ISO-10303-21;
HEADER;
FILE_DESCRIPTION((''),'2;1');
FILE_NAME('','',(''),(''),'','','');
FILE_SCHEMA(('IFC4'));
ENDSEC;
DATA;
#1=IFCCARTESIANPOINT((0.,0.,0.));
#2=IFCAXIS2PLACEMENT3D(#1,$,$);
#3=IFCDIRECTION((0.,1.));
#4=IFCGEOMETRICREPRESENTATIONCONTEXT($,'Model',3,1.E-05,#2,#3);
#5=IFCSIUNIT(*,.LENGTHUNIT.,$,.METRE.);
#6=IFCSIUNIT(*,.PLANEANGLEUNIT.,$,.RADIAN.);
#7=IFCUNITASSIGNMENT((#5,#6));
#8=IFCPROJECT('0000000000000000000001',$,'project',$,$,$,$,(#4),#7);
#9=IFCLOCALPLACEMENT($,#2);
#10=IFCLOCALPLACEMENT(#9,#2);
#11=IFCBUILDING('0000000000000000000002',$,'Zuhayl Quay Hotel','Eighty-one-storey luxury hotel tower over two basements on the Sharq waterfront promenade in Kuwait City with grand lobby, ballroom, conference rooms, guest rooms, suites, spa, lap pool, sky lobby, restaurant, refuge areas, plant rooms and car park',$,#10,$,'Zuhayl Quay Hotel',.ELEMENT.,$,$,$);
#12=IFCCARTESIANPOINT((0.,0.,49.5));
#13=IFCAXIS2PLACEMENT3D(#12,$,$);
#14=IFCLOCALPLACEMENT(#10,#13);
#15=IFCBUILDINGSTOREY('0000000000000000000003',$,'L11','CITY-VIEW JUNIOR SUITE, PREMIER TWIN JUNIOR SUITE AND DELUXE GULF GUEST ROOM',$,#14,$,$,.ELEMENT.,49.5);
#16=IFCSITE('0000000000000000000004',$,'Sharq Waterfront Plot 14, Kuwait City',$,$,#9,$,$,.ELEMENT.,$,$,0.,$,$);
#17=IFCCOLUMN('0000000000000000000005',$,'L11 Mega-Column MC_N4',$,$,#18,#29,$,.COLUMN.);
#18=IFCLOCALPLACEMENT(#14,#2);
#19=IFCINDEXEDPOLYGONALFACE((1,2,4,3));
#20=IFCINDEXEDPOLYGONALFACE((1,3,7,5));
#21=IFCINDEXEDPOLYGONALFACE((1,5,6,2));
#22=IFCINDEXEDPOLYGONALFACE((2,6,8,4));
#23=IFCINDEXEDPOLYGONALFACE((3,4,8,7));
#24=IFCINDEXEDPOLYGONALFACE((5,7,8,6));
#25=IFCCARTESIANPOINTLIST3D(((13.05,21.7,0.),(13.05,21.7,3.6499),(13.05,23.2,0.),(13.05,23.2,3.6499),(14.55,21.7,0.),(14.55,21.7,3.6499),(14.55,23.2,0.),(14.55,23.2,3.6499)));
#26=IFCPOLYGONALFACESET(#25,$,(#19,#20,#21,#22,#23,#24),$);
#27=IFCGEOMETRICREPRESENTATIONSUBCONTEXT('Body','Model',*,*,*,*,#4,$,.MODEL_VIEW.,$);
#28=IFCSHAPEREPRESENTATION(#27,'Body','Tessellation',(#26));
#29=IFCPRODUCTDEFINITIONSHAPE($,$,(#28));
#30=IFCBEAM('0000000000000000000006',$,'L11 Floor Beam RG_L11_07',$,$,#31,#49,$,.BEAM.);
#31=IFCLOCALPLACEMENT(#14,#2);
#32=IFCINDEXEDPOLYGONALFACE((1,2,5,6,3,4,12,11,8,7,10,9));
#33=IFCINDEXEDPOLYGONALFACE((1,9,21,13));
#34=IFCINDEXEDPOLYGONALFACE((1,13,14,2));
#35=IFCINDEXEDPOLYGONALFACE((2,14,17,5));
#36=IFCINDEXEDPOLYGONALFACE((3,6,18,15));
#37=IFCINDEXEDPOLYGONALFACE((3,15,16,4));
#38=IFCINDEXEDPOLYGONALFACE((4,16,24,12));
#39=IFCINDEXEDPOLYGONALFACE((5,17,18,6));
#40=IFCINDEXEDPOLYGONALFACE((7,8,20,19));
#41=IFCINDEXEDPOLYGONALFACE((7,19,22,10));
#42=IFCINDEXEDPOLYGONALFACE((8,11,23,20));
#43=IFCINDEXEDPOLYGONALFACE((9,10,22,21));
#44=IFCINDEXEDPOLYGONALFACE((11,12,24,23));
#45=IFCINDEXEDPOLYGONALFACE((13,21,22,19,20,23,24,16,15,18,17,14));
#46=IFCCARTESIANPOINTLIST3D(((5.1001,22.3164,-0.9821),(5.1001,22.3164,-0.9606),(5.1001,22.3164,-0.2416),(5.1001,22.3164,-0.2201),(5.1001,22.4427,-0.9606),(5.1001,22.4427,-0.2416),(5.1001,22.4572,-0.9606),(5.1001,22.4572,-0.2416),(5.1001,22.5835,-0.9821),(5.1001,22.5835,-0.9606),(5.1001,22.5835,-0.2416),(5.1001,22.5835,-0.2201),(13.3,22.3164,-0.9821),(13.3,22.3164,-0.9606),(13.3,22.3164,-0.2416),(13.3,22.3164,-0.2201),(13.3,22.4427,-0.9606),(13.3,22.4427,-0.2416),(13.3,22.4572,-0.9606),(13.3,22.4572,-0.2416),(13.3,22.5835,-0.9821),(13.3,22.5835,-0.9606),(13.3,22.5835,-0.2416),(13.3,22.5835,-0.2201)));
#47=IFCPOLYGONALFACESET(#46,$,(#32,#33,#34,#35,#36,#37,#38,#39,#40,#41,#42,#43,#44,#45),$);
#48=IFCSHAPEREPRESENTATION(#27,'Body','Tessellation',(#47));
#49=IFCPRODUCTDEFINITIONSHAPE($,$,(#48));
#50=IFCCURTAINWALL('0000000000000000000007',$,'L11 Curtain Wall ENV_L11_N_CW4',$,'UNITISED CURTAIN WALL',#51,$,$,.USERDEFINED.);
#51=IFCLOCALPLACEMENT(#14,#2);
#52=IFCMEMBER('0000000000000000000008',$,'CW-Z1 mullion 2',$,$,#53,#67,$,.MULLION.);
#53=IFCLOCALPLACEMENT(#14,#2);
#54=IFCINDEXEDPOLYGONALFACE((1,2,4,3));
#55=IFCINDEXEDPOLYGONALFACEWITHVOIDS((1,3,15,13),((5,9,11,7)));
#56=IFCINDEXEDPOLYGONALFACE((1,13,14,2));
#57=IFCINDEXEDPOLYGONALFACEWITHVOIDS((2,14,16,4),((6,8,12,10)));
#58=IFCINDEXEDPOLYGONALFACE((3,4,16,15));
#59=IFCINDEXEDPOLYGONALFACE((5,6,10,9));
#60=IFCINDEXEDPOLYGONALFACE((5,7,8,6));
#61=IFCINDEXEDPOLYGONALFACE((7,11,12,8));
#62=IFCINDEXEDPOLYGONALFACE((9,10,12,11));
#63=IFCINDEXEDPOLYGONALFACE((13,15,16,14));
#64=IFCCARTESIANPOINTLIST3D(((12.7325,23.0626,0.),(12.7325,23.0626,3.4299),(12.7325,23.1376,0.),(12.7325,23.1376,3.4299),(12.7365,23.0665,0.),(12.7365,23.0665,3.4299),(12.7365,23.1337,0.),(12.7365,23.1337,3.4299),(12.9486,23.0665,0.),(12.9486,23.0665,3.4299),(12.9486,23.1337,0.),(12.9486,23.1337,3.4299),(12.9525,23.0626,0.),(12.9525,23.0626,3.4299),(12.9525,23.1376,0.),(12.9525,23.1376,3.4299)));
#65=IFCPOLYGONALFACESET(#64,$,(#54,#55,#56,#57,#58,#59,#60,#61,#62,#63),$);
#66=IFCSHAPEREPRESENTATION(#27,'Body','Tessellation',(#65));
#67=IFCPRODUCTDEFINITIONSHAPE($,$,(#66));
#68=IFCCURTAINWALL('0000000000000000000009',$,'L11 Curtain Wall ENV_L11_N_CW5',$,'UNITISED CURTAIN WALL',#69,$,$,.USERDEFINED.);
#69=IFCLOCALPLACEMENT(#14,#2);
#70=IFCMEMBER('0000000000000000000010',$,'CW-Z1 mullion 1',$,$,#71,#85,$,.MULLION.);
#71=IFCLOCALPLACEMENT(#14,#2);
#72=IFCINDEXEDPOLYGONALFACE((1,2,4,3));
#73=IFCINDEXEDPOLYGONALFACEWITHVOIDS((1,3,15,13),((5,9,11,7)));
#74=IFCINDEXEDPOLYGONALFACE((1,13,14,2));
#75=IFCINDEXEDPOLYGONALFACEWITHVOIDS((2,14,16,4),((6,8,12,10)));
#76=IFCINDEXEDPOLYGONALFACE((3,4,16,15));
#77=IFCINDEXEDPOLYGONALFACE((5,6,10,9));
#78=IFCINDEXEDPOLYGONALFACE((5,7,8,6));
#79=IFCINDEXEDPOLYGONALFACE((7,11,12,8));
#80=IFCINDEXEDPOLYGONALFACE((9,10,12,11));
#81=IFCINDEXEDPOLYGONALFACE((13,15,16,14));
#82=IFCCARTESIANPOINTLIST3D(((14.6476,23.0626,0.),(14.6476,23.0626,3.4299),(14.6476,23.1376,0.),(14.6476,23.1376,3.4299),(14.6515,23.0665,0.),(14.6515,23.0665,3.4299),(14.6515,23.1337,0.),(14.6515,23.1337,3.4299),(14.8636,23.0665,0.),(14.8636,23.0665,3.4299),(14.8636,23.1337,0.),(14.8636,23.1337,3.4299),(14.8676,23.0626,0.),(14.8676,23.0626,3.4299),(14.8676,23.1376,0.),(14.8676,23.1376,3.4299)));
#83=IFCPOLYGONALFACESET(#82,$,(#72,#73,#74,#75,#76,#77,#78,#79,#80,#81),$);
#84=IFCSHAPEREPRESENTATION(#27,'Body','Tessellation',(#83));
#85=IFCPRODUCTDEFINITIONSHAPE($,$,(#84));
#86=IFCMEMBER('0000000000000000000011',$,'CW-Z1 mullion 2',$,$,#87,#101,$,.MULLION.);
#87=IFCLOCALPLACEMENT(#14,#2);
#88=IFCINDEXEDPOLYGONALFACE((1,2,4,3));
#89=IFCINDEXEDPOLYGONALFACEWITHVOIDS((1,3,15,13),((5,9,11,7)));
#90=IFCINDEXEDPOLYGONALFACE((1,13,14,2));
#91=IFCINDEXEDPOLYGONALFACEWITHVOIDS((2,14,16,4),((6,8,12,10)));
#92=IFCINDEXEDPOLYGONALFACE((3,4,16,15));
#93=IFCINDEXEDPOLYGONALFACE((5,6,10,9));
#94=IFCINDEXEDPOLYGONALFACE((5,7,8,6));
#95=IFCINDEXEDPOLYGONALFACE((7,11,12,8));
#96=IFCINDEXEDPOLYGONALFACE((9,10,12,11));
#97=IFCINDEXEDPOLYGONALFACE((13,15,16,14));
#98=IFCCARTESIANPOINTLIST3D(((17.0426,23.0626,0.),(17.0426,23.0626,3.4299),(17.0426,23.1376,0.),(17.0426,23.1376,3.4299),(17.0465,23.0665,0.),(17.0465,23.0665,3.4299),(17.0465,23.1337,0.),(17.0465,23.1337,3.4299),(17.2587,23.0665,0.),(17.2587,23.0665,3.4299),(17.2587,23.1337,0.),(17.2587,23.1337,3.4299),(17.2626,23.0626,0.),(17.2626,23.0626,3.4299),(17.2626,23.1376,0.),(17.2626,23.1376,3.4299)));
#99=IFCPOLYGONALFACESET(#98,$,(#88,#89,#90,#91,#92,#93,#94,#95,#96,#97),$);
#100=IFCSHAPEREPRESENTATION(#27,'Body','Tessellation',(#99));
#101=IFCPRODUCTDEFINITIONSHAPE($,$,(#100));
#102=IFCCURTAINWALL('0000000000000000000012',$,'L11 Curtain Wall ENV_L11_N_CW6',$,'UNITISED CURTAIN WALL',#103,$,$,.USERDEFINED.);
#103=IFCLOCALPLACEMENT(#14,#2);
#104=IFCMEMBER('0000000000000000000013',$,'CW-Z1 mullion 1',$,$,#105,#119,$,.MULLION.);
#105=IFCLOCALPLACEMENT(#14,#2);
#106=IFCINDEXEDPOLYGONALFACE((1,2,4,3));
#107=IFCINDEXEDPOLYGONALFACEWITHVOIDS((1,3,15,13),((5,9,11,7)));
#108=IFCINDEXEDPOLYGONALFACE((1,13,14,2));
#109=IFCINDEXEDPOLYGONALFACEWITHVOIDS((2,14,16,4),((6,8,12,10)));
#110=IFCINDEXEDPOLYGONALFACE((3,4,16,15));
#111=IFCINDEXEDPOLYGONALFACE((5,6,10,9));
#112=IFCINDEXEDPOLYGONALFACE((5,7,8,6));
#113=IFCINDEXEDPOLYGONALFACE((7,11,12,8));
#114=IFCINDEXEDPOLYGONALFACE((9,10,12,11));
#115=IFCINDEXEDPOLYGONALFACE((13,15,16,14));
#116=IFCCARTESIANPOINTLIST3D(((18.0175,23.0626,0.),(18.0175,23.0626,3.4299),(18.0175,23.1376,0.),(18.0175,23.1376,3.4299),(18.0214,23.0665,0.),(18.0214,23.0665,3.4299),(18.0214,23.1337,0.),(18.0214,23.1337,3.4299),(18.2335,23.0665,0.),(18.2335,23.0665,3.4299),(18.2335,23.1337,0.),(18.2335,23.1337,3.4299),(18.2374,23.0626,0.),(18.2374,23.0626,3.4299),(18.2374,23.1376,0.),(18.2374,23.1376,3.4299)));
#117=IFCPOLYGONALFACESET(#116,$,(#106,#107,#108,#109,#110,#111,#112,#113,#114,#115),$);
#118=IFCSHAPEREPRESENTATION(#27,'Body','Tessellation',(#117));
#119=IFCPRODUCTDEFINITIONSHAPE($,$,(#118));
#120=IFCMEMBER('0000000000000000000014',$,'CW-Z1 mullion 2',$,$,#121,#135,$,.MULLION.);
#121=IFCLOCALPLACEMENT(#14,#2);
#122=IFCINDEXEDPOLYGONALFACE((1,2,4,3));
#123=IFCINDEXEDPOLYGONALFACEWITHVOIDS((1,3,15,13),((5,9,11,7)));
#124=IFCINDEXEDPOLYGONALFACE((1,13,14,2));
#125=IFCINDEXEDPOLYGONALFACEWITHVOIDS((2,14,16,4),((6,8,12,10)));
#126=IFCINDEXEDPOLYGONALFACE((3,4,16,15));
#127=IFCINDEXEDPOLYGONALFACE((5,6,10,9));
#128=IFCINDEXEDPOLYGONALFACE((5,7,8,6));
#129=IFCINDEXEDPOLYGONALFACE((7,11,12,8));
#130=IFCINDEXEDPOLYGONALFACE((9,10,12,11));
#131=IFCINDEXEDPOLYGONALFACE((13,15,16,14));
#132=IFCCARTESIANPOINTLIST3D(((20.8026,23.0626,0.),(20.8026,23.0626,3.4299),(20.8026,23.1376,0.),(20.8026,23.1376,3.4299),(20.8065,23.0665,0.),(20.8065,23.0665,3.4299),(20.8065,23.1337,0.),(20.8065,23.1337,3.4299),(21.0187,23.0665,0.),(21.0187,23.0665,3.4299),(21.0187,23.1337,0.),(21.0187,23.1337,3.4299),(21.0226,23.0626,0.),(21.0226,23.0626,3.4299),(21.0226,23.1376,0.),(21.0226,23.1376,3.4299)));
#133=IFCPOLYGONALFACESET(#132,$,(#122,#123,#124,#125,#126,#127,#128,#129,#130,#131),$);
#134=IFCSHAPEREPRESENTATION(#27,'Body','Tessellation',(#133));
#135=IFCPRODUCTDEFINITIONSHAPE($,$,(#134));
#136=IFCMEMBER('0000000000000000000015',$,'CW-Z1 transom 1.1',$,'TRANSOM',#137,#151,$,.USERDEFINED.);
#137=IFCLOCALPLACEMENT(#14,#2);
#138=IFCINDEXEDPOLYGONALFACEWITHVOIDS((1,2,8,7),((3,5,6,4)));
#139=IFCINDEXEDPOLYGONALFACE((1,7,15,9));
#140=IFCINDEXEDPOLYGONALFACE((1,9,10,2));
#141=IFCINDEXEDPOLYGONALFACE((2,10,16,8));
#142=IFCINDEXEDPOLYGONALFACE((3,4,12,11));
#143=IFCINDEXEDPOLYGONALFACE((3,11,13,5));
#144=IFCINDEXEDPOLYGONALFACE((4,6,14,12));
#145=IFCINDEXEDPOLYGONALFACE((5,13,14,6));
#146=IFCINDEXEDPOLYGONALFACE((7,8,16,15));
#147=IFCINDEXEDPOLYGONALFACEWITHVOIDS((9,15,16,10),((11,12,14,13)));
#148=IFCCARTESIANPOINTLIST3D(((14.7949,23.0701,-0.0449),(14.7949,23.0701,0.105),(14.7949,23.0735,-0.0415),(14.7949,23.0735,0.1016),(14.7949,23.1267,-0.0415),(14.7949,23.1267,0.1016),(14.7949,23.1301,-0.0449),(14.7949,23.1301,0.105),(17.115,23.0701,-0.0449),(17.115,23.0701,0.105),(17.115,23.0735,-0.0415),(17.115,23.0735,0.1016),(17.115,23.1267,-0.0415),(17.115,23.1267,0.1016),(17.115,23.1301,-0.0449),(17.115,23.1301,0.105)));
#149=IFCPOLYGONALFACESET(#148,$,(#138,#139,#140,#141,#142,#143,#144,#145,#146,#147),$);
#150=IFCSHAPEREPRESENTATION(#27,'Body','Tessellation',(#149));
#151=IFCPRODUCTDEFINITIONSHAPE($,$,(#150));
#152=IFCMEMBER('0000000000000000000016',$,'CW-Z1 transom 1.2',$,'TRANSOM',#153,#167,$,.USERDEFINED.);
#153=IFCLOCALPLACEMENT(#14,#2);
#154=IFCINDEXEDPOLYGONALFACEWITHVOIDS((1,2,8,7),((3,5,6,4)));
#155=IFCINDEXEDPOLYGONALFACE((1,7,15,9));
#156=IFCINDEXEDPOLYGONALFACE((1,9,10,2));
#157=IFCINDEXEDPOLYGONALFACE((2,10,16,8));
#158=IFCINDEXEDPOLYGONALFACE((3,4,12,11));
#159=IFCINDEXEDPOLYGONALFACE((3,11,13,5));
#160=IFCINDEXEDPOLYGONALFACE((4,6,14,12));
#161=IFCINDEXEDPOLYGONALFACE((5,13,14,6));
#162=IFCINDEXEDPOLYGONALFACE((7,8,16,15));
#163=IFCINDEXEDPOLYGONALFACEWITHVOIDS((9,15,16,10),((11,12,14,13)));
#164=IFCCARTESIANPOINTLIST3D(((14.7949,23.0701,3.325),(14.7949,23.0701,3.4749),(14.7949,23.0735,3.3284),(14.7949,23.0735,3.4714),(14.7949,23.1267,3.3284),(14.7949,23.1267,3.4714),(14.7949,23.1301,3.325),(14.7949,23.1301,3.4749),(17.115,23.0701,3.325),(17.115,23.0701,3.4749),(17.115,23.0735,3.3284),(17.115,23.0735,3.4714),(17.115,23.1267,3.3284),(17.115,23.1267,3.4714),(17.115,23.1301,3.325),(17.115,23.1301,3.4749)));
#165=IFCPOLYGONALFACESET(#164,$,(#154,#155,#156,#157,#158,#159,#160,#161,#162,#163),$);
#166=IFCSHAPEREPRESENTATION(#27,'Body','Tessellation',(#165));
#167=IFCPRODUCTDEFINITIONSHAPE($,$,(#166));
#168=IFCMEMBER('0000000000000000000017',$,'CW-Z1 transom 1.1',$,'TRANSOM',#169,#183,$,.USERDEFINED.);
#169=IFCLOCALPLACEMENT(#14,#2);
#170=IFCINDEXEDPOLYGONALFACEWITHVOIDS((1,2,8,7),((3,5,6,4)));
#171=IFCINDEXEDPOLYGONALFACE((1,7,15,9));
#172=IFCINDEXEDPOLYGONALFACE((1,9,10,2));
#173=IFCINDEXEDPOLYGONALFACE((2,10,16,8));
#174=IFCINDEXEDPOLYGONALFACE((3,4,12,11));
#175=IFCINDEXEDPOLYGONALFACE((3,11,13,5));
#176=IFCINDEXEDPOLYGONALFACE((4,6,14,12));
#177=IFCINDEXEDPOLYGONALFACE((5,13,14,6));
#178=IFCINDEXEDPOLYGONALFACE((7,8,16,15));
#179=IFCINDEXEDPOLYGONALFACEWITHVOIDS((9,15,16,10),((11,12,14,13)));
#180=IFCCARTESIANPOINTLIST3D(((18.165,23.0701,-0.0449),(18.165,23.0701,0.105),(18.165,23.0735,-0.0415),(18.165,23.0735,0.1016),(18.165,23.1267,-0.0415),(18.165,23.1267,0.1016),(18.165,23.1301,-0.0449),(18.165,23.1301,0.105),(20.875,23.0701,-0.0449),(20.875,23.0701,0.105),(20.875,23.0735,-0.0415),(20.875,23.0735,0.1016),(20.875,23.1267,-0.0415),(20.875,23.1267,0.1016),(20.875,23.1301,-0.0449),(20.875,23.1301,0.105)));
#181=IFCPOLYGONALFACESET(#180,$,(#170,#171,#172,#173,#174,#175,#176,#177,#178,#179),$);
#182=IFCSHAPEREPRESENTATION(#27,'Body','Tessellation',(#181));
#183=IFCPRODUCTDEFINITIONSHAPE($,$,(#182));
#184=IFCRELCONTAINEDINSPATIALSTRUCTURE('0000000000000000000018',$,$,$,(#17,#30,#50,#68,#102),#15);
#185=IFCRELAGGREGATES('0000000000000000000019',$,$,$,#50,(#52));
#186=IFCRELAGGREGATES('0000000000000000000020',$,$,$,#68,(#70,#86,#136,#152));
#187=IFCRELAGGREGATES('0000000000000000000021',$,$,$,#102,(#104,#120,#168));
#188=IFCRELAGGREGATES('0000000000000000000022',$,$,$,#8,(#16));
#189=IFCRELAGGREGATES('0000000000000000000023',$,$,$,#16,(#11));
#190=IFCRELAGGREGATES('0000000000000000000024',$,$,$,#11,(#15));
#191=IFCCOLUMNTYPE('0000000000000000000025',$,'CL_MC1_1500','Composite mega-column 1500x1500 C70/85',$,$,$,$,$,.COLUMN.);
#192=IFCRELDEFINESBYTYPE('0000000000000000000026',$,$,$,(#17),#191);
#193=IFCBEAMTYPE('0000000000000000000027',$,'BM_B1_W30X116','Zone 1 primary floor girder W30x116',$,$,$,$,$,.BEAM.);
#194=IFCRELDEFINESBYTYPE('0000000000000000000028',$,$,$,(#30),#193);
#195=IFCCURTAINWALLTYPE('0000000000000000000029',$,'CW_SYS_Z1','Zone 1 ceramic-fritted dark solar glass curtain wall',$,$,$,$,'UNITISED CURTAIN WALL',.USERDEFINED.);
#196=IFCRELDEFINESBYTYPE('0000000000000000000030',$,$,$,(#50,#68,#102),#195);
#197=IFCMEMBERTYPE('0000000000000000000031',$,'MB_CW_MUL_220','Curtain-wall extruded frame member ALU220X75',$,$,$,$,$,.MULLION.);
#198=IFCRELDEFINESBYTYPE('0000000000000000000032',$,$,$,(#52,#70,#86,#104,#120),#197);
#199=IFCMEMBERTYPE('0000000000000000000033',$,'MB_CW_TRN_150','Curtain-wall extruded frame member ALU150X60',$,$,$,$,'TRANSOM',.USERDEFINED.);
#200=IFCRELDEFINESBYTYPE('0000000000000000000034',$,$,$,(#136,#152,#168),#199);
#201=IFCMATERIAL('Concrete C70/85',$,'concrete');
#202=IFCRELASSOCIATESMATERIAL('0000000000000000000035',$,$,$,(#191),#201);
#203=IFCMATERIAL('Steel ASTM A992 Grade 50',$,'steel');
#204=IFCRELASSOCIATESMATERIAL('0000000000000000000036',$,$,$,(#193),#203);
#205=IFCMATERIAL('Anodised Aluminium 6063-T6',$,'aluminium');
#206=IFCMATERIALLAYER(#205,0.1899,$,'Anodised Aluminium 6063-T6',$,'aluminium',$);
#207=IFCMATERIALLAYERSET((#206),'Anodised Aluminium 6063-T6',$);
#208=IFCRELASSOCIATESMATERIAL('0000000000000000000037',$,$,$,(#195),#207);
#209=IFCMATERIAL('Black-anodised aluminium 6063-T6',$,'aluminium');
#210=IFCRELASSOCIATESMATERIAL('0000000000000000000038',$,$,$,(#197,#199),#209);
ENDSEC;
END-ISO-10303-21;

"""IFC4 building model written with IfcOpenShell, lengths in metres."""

from ifc_helpers import new_model, si_unit, direction, frame, origin, origin_2d, place, context, subcontext, project, spatial, rectangle, hollow_rectangle, i_section, extrude, material, layer, layer_set, material_profile, profile_set, type_object, element, aggregate, save


model = new_model("IFC4")

# Units and contexts
model_context = context("Model", 3, precision=1e-05, world=origin(), true_north=direction((0.0, 1.0)))
body_context = subcontext(model_context, "Body", "Model", "MODEL_VIEW")
ifc_project = project(units=[si_unit("LENGTHUNIT", "METRE"), si_unit("PLANEANGLEUNIT", "RADIAN")], contexts=[model_context])

# Site, building, storey
site_placement = place(None, origin())
site = spatial("IfcSite", under=ifc_project, at=site_placement, Name="Sharq Waterfront Plot 14, Kuwait City", CompositionType="ELEMENT", RefElevation=0.0)
building_placement = place(site_placement, origin())
building = spatial("IfcBuilding", under=site, at=building_placement, Name="Zuhayl Quay Hotel", Description="Eighty-one-storey luxury hotel tower over two basements on the Sharq waterfront promenade in Kuwait City with grand lobby, ballroom, conference rooms, guest rooms, suites, spa, lap pool, sky lobby, restaurant, refuge areas, plant rooms and car park", LongName="Zuhayl Quay Hotel", CompositionType="ELEMENT")
storey_placement = place(building_placement, frame((0.0, 0.0, 49.5)))
storey = spatial("IfcBuildingStorey", under=building, at=storey_placement, Name="L11", Description="CITY-VIEW JUNIOR SUITE, PREMIER TWIN JUNIOR SUITE AND DELUXE GULF GUEST ROOM", CompositionType="ELEMENT", Elevation=49.5)

# Column
ifc_material_1 = material(Name="Concrete C70/85", Category="concrete")
ifc_material_profile_1 = material_profile(ifc_material_1, rectangle(XDim=1.5, YDim=1.5, at=origin_2d()), Name="RC1500X1500")
ifc_profile_set_1 = profile_set([ifc_material_profile_1], Name="Concrete C70/85")
column_type = type_object("IfcColumnType", Name="CL_MC1_1500", Description="Composite mega-column 1500x1500 C70/85", PredefinedType="COLUMN", material=ifc_profile_set_1)
column_placement = place(storey_placement, frame((13.8, 22.45, 0.0), z_axis=(0.0, 0.0, 1.0), x_axis=(1.0, 0.0, 0.0)))
element("IfcColumn", 1, at=column_placement, inside=storey, type_object=column_type, Name="L11 Mega-Column MC_N4", PredefinedType="COLUMN", context=body_context, shape_type="SweptSolid", body=[
    extrude(rectangle(XDim=1.5, YDim=1.5, at=origin_2d()), origin(), (0.0, 0.0, 1.0), 3.6499),
])

# Beam
ifc_material_2 = material(Name="Steel ASTM A992 Grade 50", Category="steel")
ifc_material_profile_2 = material_profile(ifc_material_2, i_section(OverallWidth=0.2671, OverallDepth=0.762, WebThickness=0.0144, FlangeThickness=0.0215, at=origin_2d()), Name="W30X116")
ifc_profile_set_2 = profile_set([ifc_material_profile_2], Name="Steel ASTM A992 Grade 50")
beam_type = type_object("IfcBeamType", Name="BM_B1_W30X116", Description="Zone 1 primary floor girder W30x116", PredefinedType="BEAM", material=ifc_profile_set_2)
beam_placement = place(storey_placement, frame((13.3, 22.45, -0.6011), z_axis=(-1.0, 0.0, 0.0), x_axis=(0.0, -1.0, 0.0)))
element("IfcBeam", 2, at=beam_placement, inside=storey, type_object=beam_type, Name="L11 Floor Beam RG_L11_07", PredefinedType="BEAM", context=body_context, shape_type="SweptSolid", body=[
    extrude(i_section(OverallWidth=0.2671, OverallDepth=0.762, WebThickness=0.0144, FlangeThickness=0.0215, at=origin_2d()), origin(), (0.0, 0.0, 1.0), 8.2),
])

# Curtain wall, member
ifc_material_3 = material(Name="Anodised Aluminium 6063-T6", Category="aluminium")
ifc_layer_1 = layer(ifc_material_3, 0.1899, Name="Anodised Aluminium 6063-T6", Category="aluminium")
ifc_layer_set_1 = layer_set([ifc_layer_1], Name="Anodised Aluminium 6063-T6")
curtain_wall_type = type_object("IfcCurtainWallType", Name="CW_SYS_Z1", Description="Zone 1 ceramic-fritted dark solar glass curtain wall", ElementType="UNITISED CURTAIN WALL", PredefinedType="USERDEFINED", material=ifc_layer_set_1)
curtain_wall_1_placement = place(storey_placement, origin())
curtain_wall_1 = element("IfcCurtainWall", 3, at=curtain_wall_1_placement, inside=storey, type_object=curtain_wall_type, Name="L11 Curtain Wall ENV_L11_N_CW4", ObjectType="UNITISED CURTAIN WALL", PredefinedType="USERDEFINED")
ifc_material_4 = material(Name="Black-anodised aluminium 6063-T6", Category="aluminium")
ifc_material_profile_3 = material_profile(ifc_material_4, hollow_rectangle(XDim=0.075, YDim=0.22, WallThickness=0.0039, at=origin_2d()), Name="ALU220X75")
ifc_profile_set_3 = profile_set([ifc_material_profile_3], Name="Black-anodised aluminium 6063-T6")
member_type_1 = type_object("IfcMemberType", Name="MB_CW_MUL_220", Description="Curtain-wall extruded frame member ALU220X75", PredefinedType="MULLION", material=ifc_profile_set_3)
member_1_placement = place(storey_placement, frame((12.8425, 23.1001, 0.0), z_axis=(0.0, 0.0, 1.0), x_axis=(0.0, 1.0, 0.0)))
member_1 = element("IfcMember", 4, at=member_1_placement, type_object=member_type_1, Name="CW-Z1 mullion 2", PredefinedType="MULLION", context=body_context, shape_type="SweptSolid", body=[
    extrude(hollow_rectangle(XDim=0.075, YDim=0.22, WallThickness=0.0039, at=origin_2d()), origin(), (0.0, 0.0, 1.0), 3.4299),
])
aggregate(curtain_wall_1, [member_1])

# Curtain walls, members
curtain_wall_2_placement = place(storey_placement, origin())
curtain_wall_2 = element("IfcCurtainWall", 5, at=curtain_wall_2_placement, inside=storey, type_object=curtain_wall_type, Name="L11 Curtain Wall ENV_L11_N_CW5", ObjectType="UNITISED CURTAIN WALL", PredefinedType="USERDEFINED")
member_2_placement = place(storey_placement, frame((14.7576, 23.1001, 0.0), z_axis=(0.0, 0.0, 1.0), x_axis=(0.0, 1.0, 0.0)))
member_2 = element("IfcMember", 6, at=member_2_placement, type_object=member_type_1, Name="CW-Z1 mullion 1", PredefinedType="MULLION", context=body_context, shape_type="SweptSolid", body=[
    extrude(hollow_rectangle(XDim=0.075, YDim=0.22, WallThickness=0.0039, at=origin_2d()), origin(), (0.0, 0.0, 1.0), 3.4299),
])
member_3_placement = place(storey_placement, frame((17.1526, 23.1001, 0.0), z_axis=(0.0, 0.0, 1.0), x_axis=(0.0, 1.0, 0.0)))
member_3 = element("IfcMember", 7, at=member_3_placement, type_object=member_type_1, Name="CW-Z1 mullion 2", PredefinedType="MULLION", context=body_context, shape_type="SweptSolid", body=[
    extrude(hollow_rectangle(XDim=0.075, YDim=0.22, WallThickness=0.0039, at=origin_2d()), origin(), (0.0, 0.0, 1.0), 3.4299),
])
curtain_wall_3_placement = place(storey_placement, origin())
curtain_wall_3 = element("IfcCurtainWall", 8, at=curtain_wall_3_placement, inside=storey, type_object=curtain_wall_type, Name="L11 Curtain Wall ENV_L11_N_CW6", ObjectType="UNITISED CURTAIN WALL", PredefinedType="USERDEFINED")
member_4_placement = place(storey_placement, frame((18.1274, 23.1001, 0.0), z_axis=(0.0, 0.0, 1.0), x_axis=(0.0, 1.0, 0.0)))
member_4 = element("IfcMember", 9, at=member_4_placement, type_object=member_type_1, Name="CW-Z1 mullion 1", PredefinedType="MULLION", context=body_context, shape_type="SweptSolid", body=[
    extrude(hollow_rectangle(XDim=0.075, YDim=0.22, WallThickness=0.0039, at=origin_2d()), origin(), (0.0, 0.0, 1.0), 3.4299),
])
member_5_placement = place(storey_placement, frame((20.9126, 23.1001, 0.0), z_axis=(0.0, 0.0, 1.0), x_axis=(0.0, 1.0, 0.0)))
member_5 = element("IfcMember", 10, at=member_5_placement, type_object=member_type_1, Name="CW-Z1 mullion 2", PredefinedType="MULLION", context=body_context, shape_type="SweptSolid", body=[
    extrude(hollow_rectangle(XDim=0.075, YDim=0.22, WallThickness=0.0039, at=origin_2d()), origin(), (0.0, 0.0, 1.0), 3.4299),
])

# Members
ifc_material_profile_4 = material_profile(ifc_material_4, hollow_rectangle(XDim=0.0601, YDim=0.1499, WallThickness=0.0034, at=origin_2d()), Name="ALU150X60")
ifc_profile_set_4 = profile_set([ifc_material_profile_4], Name="Black-anodised aluminium 6063-T6")
member_type_2 = type_object("IfcMemberType", Name="MB_CW_TRN_150", Description="Curtain-wall extruded frame member ALU150X60", ElementType="TRANSOM", PredefinedType="USERDEFINED", material=ifc_profile_set_4)
member_6_placement = place(storey_placement, frame((14.7949, 23.1001, 0.03), z_axis=(1.0, 0.0, 0.0), x_axis=(0.0, 1.0, 0.0)))
member_6 = element("IfcMember", 11, at=member_6_placement, type_object=member_type_2, Name="CW-Z1 transom 1.1", ObjectType="TRANSOM", PredefinedType="USERDEFINED", context=body_context, shape_type="SweptSolid", body=[
    extrude(hollow_rectangle(XDim=0.0601, YDim=0.1499, WallThickness=0.0034, at=origin_2d()), origin(), (0.0, 0.0, 1.0), 2.3201),
])
member_7_placement = place(storey_placement, frame((14.7949, 23.1001, 3.3999), z_axis=(1.0, 0.0, 0.0), x_axis=(0.0, 1.0, 0.0)))
member_7 = element("IfcMember", 12, at=member_7_placement, type_object=member_type_2, Name="CW-Z1 transom 1.2", ObjectType="TRANSOM", PredefinedType="USERDEFINED", context=body_context, shape_type="SweptSolid", body=[
    extrude(hollow_rectangle(XDim=0.0601, YDim=0.1499, WallThickness=0.0034, at=origin_2d()), origin(), (0.0, 0.0, 1.0), 2.3201),
])
member_8_placement = place(storey_placement, frame((18.165, 23.1001, 0.03), z_axis=(1.0, 0.0, 0.0), x_axis=(0.0, 1.0, 0.0)))
member_8 = element("IfcMember", 13, at=member_8_placement, type_object=member_type_2, Name="CW-Z1 transom 1.1", ObjectType="TRANSOM", PredefinedType="USERDEFINED", context=body_context, shape_type="SweptSolid", body=[
    extrude(hollow_rectangle(XDim=0.0601, YDim=0.1499, WallThickness=0.0034, at=origin_2d()), origin(), (0.0, 0.0, 1.0), 2.71),
])

aggregate(curtain_wall_2, [member_2, member_3, member_6, member_7])
aggregate(curtain_wall_3, [member_4, member_5, member_8])

save(model, "model.ifc")
